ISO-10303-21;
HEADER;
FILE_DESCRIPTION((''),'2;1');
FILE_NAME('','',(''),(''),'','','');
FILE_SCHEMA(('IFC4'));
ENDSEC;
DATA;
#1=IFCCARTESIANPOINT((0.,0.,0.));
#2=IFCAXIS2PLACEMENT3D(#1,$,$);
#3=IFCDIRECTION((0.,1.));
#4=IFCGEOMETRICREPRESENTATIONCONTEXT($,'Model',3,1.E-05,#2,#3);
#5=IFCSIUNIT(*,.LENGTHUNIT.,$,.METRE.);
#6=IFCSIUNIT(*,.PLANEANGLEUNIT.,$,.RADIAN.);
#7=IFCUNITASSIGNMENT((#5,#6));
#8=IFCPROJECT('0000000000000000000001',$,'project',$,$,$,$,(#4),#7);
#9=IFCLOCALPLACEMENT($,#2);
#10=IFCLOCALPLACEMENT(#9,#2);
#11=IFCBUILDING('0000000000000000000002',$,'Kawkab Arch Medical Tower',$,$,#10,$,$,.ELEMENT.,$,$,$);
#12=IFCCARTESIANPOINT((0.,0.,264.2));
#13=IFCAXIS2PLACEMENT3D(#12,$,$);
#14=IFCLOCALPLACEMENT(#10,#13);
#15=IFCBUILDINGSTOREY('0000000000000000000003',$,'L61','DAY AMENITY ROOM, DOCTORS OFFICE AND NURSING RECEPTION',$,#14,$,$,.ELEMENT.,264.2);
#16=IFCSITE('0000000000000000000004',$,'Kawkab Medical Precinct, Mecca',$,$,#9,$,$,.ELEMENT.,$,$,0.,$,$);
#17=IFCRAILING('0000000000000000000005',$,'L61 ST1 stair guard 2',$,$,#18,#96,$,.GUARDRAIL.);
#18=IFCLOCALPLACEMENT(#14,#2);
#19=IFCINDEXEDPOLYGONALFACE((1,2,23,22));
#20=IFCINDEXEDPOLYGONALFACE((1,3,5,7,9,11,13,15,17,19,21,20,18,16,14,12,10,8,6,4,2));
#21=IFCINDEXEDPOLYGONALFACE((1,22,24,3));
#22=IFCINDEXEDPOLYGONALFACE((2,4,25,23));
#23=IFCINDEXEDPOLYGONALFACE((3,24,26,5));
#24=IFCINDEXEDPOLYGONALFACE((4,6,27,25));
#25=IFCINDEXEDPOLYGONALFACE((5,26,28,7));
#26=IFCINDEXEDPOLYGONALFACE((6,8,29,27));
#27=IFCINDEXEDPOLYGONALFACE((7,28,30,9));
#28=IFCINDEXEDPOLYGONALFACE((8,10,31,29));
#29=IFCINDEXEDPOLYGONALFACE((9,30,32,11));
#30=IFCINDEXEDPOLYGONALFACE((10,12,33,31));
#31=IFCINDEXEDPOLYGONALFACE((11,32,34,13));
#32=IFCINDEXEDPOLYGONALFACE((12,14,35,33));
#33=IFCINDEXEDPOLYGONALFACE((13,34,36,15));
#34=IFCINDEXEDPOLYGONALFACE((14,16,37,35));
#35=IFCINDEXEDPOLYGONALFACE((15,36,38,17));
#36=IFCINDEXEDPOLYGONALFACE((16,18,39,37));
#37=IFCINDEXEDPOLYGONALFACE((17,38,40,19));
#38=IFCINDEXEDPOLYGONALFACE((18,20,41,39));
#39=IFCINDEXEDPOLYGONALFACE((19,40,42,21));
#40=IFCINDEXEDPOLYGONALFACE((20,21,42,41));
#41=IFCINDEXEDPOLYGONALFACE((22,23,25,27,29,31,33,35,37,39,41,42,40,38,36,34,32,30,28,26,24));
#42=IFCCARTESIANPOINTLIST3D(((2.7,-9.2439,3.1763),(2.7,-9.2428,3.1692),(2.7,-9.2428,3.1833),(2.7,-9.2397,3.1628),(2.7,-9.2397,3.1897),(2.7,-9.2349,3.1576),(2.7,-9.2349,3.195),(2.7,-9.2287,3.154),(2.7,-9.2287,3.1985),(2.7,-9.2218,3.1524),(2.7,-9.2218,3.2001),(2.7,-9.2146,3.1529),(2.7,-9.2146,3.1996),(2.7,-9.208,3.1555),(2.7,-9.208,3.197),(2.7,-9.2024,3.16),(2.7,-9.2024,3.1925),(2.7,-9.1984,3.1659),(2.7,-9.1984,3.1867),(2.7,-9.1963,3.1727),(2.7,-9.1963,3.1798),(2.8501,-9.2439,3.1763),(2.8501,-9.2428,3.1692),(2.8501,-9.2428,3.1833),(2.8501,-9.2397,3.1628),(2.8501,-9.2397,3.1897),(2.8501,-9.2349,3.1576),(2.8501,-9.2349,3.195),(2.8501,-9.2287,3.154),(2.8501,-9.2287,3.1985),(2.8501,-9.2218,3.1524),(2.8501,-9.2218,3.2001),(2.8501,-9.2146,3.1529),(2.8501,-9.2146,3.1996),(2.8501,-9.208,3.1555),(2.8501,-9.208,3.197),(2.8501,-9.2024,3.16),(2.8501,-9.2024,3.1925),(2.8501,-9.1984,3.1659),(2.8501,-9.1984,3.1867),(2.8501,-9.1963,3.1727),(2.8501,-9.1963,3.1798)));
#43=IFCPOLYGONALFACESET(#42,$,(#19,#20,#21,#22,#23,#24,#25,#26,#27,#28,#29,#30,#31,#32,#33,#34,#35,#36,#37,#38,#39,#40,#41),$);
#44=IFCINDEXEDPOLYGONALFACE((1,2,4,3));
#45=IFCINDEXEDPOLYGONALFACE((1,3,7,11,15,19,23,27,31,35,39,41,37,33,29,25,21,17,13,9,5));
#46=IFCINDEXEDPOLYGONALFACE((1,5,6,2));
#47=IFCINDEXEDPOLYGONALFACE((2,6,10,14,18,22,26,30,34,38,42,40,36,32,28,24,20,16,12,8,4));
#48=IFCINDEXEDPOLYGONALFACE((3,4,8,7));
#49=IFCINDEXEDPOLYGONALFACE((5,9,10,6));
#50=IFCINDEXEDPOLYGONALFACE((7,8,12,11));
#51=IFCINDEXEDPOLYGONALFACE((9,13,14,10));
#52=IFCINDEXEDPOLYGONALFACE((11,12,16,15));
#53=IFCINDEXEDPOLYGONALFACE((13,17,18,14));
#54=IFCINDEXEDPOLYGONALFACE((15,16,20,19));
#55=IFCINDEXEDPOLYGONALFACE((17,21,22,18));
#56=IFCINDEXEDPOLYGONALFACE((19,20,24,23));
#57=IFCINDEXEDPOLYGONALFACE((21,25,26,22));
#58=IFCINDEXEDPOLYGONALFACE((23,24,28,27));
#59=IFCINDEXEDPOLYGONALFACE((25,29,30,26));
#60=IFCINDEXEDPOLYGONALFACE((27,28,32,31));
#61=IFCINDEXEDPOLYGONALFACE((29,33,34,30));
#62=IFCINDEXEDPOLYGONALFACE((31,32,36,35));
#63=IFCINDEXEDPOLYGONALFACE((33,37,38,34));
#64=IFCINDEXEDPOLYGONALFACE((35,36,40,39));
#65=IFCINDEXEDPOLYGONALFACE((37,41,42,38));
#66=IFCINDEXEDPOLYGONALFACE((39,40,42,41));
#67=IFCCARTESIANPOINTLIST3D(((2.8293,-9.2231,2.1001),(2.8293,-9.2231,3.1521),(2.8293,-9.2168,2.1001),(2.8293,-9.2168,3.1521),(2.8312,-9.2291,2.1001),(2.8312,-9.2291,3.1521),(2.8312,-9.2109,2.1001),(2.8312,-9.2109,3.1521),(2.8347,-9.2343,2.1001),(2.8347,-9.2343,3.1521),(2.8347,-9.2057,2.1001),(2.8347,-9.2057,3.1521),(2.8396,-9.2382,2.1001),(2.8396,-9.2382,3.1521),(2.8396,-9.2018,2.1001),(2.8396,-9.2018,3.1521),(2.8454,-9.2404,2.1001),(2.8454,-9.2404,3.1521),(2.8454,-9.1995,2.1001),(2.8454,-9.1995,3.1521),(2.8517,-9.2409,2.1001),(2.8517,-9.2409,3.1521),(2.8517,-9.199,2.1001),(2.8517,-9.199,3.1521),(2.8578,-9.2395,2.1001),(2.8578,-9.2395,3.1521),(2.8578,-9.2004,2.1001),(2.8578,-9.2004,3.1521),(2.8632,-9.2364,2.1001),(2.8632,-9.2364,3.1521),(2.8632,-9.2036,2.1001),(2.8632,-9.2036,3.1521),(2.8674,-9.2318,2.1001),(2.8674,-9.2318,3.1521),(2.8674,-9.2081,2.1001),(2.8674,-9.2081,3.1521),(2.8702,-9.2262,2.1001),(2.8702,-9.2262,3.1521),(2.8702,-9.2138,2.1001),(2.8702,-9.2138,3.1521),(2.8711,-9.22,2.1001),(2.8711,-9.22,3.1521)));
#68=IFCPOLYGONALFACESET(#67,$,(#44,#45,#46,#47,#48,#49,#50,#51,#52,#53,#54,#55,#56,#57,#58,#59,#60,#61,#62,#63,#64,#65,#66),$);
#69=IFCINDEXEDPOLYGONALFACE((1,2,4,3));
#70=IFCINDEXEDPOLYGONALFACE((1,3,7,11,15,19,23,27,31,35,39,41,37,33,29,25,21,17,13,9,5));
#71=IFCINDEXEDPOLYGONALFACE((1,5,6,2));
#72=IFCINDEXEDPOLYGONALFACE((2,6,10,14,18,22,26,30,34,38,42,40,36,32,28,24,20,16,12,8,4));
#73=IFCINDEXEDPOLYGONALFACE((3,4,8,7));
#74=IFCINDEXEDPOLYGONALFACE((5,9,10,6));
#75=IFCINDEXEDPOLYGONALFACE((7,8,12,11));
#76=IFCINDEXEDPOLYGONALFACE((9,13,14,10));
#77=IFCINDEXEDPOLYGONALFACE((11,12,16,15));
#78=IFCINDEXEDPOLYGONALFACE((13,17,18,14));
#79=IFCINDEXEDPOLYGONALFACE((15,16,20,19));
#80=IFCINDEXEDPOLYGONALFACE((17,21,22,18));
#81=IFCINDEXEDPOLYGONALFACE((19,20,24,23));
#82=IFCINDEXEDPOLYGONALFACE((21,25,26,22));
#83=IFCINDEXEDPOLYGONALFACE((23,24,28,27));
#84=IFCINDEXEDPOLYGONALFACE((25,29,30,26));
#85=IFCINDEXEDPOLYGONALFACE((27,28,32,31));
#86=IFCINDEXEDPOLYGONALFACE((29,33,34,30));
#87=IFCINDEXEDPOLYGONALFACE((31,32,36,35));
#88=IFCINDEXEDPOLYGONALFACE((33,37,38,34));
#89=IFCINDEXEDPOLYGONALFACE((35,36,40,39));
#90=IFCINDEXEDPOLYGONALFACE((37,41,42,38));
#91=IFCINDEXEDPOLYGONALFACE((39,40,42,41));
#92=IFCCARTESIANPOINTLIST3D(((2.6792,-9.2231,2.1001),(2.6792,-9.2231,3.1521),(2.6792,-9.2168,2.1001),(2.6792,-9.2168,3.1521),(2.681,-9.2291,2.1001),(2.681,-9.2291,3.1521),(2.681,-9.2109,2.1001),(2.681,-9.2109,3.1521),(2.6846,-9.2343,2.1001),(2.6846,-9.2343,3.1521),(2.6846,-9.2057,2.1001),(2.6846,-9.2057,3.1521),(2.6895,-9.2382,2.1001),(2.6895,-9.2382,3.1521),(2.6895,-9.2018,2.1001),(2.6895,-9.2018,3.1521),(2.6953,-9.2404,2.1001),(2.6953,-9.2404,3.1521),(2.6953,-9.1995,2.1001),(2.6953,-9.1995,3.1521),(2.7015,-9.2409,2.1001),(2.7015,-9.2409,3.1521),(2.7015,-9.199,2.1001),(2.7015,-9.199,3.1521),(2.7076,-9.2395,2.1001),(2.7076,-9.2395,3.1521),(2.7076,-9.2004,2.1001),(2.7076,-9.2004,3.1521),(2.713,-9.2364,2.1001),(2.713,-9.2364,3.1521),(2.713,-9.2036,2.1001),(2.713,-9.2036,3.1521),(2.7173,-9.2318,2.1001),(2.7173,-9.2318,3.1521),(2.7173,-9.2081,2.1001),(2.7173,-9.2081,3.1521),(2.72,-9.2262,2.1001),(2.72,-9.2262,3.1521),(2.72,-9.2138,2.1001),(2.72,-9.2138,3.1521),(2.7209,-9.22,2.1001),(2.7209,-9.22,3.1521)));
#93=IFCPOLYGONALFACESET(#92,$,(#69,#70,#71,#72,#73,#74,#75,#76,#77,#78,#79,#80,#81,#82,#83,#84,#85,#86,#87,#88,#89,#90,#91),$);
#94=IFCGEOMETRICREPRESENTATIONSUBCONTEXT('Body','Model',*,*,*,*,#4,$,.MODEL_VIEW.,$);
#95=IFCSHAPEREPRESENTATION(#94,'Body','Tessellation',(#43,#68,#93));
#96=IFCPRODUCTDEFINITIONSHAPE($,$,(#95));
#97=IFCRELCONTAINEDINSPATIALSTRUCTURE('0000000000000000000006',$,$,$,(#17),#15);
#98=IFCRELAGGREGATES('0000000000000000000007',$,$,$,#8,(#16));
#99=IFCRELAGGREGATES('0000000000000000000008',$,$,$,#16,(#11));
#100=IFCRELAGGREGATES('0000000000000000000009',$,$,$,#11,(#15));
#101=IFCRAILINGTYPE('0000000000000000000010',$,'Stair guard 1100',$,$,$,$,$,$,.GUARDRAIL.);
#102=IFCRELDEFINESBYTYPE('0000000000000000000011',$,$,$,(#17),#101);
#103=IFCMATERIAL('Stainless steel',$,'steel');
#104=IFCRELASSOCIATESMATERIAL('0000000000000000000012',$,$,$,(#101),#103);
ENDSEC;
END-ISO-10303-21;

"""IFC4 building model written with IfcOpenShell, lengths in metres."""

from ifc_helpers import new_model, si_unit, direction, frame, origin, origin_2d, place, context, subcontext, project, spatial, circle, extrude, material, type_object, element, save


model = new_model("IFC4")

# Units and contexts
model_context = context("Model", 3, precision=1e-05, world=origin(), true_north=direction((0.0, 1.0)))
body_context = subcontext(model_context, "Body", "Model", "MODEL_VIEW")
ifc_project = project(units=[si_unit("LENGTHUNIT", "METRE"), si_unit("PLANEANGLEUNIT", "RADIAN")], contexts=[model_context])

# Site, building, storey
site_placement = place(None, origin())
site = spatial("IfcSite", under=ifc_project, at=site_placement, Name="Kawkab Medical Precinct, Mecca", CompositionType="ELEMENT", RefElevation=0.0)
building_placement = place(site_placement, origin())
building = spatial("IfcBuilding", under=site, at=building_placement, Name="Kawkab Arch Medical Tower", CompositionType="ELEMENT")
storey_placement = place(building_placement, frame((0.0, 0.0, 264.2)))
storey = spatial("IfcBuildingStorey", under=building, at=storey_placement, Name="L61", Description="DAY AMENITY ROOM, DOCTORS OFFICE AND NURSING RECEPTION", CompositionType="ELEMENT", Elevation=264.2)

# Railing
ifc_material_1 = material(Name="Stainless steel", Category="steel")
railing_type_1 = type_object("IfcRailingType", Name="Stair guard 1100", PredefinedType="GUARDRAIL", material=ifc_material_1)
railing_1_placement = place(storey_placement, frame((2.8501, -9.22, 2.1001)))
element("IfcRailing", 1, at=railing_1_placement, inside=storey, type_object=railing_type_1, Name="L61 ST1 stair guard 2", PredefinedType="GUARDRAIL", context=body_context, shape_type="SweptSolid", body=[
    extrude(circle(Radius=0.0239, at=origin_2d()), frame((0.0, 0.0, 1.0762), z_axis=(-1.0, 0.0, 0.0), x_axis=(0.0, -1.0, 0.0)), (0.0, 0.0, 1.0), 0.1501),
    extrude(circle(Radius=0.021, at=origin_2d()), origin(), (0.0, 0.0, 1.0), 1.052),
    extrude(circle(Radius=0.021, at=origin_2d()), frame((-0.1501, 0.0, 0.0)), (0.0, 0.0, 1.0), 1.052),
])

save(model, "model.ifc")
